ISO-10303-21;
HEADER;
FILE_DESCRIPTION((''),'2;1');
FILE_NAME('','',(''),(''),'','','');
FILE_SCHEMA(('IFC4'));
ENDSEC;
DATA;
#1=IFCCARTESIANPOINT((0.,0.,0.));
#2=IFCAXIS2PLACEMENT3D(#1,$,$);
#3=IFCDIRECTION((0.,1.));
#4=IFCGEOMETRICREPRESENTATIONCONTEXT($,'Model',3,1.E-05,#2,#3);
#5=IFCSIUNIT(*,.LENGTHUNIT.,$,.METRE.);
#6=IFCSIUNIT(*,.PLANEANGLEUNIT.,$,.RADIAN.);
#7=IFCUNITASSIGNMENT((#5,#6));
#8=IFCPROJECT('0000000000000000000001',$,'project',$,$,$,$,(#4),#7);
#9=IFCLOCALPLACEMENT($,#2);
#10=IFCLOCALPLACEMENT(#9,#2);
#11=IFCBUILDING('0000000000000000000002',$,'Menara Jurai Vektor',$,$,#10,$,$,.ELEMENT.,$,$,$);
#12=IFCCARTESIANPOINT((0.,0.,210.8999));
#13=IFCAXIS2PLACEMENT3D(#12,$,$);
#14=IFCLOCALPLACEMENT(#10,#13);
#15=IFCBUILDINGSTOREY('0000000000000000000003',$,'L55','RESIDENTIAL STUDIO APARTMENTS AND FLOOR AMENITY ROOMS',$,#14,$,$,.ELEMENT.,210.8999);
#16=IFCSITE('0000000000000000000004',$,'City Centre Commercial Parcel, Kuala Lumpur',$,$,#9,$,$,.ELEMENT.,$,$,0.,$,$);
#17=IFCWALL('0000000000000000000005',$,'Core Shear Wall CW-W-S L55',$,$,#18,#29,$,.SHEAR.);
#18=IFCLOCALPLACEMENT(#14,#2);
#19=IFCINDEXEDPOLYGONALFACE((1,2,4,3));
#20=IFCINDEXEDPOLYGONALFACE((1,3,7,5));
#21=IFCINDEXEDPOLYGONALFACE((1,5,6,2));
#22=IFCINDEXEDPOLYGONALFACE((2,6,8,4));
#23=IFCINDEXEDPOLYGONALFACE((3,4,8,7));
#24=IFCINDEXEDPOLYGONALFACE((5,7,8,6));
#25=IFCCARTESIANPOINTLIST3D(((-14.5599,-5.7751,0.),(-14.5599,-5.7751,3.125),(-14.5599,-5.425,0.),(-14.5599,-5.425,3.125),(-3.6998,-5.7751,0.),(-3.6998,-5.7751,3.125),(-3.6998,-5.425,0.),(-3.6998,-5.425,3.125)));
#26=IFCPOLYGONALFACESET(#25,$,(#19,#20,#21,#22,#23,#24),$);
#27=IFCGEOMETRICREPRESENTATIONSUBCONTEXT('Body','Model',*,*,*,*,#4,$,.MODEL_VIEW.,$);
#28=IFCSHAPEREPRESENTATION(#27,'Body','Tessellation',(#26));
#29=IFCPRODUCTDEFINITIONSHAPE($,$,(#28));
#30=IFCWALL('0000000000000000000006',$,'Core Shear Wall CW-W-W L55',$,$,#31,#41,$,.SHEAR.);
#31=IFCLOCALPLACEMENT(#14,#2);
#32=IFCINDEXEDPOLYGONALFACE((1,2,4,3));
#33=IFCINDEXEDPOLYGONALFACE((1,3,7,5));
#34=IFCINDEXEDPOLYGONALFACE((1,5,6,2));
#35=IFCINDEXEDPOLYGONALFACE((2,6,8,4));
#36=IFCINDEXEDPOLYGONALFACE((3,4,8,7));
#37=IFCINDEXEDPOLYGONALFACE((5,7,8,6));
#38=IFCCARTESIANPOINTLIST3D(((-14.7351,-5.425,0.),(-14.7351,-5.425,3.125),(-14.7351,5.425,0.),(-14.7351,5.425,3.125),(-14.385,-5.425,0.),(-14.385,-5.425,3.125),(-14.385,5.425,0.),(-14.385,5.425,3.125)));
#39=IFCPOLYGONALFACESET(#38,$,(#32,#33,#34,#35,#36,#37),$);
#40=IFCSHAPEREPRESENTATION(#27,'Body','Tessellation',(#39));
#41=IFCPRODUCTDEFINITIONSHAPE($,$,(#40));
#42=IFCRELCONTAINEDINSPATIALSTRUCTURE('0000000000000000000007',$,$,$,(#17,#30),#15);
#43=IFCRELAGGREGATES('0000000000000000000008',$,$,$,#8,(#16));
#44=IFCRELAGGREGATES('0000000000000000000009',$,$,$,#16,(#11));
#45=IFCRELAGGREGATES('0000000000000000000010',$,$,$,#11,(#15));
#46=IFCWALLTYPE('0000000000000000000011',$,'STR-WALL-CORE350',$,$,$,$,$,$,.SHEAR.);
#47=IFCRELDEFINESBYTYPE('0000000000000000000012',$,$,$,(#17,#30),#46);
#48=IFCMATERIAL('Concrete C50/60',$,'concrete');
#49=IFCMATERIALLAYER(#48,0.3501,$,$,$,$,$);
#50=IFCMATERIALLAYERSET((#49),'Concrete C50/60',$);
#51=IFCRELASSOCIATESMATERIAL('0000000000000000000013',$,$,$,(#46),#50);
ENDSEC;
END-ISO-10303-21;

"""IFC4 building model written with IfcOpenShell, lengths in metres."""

from ifc_helpers import new_model, si_unit, direction, frame, frame_2d, origin, place, context, subcontext, project, spatial, rectangle, extrude, material, layer, layer_set, type_object, element, save


model = new_model("IFC4")

# Units and contexts
model_context = context("Model", 3, precision=1e-05, world=origin(), true_north=direction((0.0, 1.0)))
body_context = subcontext(model_context, "Body", "Model", "MODEL_VIEW")
ifc_project = project(units=[si_unit("LENGTHUNIT", "METRE"), si_unit("PLANEANGLEUNIT", "RADIAN")], contexts=[model_context])

# Site, building, storey
site_placement = place(None, origin())
site = spatial("IfcSite", under=ifc_project, at=site_placement, Name="City Centre Commercial Parcel, Kuala Lumpur", CompositionType="ELEMENT", RefElevation=0.0)
building_placement = place(site_placement, origin())
building = spatial("IfcBuilding", under=site, at=building_placement, Name="Menara Jurai Vektor", CompositionType="ELEMENT")
storey_placement = place(building_placement, frame((0.0, 0.0, 210.8999)))
storey = spatial("IfcBuildingStorey", under=building, at=storey_placement, Name="L55", Description="RESIDENTIAL STUDIO APARTMENTS AND FLOOR AMENITY ROOMS", CompositionType="ELEMENT", Elevation=210.8999)

# Shared definitions
ifc_material_1 = material(Name="Concrete C50/60", Category="concrete")

# Walls
ifc_layer_1 = layer(ifc_material_1, 0.3501)
ifc_layer_set_1 = layer_set([ifc_layer_1], Name="Concrete C50/60")
wall_type_1 = type_object("IfcWallType", Name="STR-WALL-CORE350", PredefinedType="SHEAR", material=ifc_layer_set_1)
wall_1_placement = place(storey_placement, frame((-14.5601, -5.6001, 0.0), z_axis=(0.0, 0.0, 1.0), x_axis=(1.0, 0.0, 0.0)))
element("IfcWall", 1, at=wall_1_placement, inside=storey, type_object=wall_type_1, Name="Core Shear Wall CW-W-S L55", PredefinedType="SHEAR", context=body_context, shape_type="SweptSolid", body=[
    extrude(rectangle(XDim=10.8601, YDim=0.3501, at=frame_2d((5.4302, 0.0))), origin(), (0.0, 0.0, 1.0), 3.125),
])
wall_2_placement = place(storey_placement, frame((-14.5601, -5.425, 0.0), z_axis=(0.0, 0.0, 1.0), x_axis=(0.0, 1.0, 0.0)))
element("IfcWall", 2, at=wall_2_placement, inside=storey, type_object=wall_type_1, Name="Core Shear Wall CW-W-W L55", PredefinedType="SHEAR", context=body_context, shape_type="SweptSolid", body=[
    extrude(rectangle(XDim=10.8501, YDim=0.3501, at=frame_2d((5.425, 0.0))), origin(), (0.0, 0.0, 1.0), 3.125),
])

save(model, "model.ifc")
